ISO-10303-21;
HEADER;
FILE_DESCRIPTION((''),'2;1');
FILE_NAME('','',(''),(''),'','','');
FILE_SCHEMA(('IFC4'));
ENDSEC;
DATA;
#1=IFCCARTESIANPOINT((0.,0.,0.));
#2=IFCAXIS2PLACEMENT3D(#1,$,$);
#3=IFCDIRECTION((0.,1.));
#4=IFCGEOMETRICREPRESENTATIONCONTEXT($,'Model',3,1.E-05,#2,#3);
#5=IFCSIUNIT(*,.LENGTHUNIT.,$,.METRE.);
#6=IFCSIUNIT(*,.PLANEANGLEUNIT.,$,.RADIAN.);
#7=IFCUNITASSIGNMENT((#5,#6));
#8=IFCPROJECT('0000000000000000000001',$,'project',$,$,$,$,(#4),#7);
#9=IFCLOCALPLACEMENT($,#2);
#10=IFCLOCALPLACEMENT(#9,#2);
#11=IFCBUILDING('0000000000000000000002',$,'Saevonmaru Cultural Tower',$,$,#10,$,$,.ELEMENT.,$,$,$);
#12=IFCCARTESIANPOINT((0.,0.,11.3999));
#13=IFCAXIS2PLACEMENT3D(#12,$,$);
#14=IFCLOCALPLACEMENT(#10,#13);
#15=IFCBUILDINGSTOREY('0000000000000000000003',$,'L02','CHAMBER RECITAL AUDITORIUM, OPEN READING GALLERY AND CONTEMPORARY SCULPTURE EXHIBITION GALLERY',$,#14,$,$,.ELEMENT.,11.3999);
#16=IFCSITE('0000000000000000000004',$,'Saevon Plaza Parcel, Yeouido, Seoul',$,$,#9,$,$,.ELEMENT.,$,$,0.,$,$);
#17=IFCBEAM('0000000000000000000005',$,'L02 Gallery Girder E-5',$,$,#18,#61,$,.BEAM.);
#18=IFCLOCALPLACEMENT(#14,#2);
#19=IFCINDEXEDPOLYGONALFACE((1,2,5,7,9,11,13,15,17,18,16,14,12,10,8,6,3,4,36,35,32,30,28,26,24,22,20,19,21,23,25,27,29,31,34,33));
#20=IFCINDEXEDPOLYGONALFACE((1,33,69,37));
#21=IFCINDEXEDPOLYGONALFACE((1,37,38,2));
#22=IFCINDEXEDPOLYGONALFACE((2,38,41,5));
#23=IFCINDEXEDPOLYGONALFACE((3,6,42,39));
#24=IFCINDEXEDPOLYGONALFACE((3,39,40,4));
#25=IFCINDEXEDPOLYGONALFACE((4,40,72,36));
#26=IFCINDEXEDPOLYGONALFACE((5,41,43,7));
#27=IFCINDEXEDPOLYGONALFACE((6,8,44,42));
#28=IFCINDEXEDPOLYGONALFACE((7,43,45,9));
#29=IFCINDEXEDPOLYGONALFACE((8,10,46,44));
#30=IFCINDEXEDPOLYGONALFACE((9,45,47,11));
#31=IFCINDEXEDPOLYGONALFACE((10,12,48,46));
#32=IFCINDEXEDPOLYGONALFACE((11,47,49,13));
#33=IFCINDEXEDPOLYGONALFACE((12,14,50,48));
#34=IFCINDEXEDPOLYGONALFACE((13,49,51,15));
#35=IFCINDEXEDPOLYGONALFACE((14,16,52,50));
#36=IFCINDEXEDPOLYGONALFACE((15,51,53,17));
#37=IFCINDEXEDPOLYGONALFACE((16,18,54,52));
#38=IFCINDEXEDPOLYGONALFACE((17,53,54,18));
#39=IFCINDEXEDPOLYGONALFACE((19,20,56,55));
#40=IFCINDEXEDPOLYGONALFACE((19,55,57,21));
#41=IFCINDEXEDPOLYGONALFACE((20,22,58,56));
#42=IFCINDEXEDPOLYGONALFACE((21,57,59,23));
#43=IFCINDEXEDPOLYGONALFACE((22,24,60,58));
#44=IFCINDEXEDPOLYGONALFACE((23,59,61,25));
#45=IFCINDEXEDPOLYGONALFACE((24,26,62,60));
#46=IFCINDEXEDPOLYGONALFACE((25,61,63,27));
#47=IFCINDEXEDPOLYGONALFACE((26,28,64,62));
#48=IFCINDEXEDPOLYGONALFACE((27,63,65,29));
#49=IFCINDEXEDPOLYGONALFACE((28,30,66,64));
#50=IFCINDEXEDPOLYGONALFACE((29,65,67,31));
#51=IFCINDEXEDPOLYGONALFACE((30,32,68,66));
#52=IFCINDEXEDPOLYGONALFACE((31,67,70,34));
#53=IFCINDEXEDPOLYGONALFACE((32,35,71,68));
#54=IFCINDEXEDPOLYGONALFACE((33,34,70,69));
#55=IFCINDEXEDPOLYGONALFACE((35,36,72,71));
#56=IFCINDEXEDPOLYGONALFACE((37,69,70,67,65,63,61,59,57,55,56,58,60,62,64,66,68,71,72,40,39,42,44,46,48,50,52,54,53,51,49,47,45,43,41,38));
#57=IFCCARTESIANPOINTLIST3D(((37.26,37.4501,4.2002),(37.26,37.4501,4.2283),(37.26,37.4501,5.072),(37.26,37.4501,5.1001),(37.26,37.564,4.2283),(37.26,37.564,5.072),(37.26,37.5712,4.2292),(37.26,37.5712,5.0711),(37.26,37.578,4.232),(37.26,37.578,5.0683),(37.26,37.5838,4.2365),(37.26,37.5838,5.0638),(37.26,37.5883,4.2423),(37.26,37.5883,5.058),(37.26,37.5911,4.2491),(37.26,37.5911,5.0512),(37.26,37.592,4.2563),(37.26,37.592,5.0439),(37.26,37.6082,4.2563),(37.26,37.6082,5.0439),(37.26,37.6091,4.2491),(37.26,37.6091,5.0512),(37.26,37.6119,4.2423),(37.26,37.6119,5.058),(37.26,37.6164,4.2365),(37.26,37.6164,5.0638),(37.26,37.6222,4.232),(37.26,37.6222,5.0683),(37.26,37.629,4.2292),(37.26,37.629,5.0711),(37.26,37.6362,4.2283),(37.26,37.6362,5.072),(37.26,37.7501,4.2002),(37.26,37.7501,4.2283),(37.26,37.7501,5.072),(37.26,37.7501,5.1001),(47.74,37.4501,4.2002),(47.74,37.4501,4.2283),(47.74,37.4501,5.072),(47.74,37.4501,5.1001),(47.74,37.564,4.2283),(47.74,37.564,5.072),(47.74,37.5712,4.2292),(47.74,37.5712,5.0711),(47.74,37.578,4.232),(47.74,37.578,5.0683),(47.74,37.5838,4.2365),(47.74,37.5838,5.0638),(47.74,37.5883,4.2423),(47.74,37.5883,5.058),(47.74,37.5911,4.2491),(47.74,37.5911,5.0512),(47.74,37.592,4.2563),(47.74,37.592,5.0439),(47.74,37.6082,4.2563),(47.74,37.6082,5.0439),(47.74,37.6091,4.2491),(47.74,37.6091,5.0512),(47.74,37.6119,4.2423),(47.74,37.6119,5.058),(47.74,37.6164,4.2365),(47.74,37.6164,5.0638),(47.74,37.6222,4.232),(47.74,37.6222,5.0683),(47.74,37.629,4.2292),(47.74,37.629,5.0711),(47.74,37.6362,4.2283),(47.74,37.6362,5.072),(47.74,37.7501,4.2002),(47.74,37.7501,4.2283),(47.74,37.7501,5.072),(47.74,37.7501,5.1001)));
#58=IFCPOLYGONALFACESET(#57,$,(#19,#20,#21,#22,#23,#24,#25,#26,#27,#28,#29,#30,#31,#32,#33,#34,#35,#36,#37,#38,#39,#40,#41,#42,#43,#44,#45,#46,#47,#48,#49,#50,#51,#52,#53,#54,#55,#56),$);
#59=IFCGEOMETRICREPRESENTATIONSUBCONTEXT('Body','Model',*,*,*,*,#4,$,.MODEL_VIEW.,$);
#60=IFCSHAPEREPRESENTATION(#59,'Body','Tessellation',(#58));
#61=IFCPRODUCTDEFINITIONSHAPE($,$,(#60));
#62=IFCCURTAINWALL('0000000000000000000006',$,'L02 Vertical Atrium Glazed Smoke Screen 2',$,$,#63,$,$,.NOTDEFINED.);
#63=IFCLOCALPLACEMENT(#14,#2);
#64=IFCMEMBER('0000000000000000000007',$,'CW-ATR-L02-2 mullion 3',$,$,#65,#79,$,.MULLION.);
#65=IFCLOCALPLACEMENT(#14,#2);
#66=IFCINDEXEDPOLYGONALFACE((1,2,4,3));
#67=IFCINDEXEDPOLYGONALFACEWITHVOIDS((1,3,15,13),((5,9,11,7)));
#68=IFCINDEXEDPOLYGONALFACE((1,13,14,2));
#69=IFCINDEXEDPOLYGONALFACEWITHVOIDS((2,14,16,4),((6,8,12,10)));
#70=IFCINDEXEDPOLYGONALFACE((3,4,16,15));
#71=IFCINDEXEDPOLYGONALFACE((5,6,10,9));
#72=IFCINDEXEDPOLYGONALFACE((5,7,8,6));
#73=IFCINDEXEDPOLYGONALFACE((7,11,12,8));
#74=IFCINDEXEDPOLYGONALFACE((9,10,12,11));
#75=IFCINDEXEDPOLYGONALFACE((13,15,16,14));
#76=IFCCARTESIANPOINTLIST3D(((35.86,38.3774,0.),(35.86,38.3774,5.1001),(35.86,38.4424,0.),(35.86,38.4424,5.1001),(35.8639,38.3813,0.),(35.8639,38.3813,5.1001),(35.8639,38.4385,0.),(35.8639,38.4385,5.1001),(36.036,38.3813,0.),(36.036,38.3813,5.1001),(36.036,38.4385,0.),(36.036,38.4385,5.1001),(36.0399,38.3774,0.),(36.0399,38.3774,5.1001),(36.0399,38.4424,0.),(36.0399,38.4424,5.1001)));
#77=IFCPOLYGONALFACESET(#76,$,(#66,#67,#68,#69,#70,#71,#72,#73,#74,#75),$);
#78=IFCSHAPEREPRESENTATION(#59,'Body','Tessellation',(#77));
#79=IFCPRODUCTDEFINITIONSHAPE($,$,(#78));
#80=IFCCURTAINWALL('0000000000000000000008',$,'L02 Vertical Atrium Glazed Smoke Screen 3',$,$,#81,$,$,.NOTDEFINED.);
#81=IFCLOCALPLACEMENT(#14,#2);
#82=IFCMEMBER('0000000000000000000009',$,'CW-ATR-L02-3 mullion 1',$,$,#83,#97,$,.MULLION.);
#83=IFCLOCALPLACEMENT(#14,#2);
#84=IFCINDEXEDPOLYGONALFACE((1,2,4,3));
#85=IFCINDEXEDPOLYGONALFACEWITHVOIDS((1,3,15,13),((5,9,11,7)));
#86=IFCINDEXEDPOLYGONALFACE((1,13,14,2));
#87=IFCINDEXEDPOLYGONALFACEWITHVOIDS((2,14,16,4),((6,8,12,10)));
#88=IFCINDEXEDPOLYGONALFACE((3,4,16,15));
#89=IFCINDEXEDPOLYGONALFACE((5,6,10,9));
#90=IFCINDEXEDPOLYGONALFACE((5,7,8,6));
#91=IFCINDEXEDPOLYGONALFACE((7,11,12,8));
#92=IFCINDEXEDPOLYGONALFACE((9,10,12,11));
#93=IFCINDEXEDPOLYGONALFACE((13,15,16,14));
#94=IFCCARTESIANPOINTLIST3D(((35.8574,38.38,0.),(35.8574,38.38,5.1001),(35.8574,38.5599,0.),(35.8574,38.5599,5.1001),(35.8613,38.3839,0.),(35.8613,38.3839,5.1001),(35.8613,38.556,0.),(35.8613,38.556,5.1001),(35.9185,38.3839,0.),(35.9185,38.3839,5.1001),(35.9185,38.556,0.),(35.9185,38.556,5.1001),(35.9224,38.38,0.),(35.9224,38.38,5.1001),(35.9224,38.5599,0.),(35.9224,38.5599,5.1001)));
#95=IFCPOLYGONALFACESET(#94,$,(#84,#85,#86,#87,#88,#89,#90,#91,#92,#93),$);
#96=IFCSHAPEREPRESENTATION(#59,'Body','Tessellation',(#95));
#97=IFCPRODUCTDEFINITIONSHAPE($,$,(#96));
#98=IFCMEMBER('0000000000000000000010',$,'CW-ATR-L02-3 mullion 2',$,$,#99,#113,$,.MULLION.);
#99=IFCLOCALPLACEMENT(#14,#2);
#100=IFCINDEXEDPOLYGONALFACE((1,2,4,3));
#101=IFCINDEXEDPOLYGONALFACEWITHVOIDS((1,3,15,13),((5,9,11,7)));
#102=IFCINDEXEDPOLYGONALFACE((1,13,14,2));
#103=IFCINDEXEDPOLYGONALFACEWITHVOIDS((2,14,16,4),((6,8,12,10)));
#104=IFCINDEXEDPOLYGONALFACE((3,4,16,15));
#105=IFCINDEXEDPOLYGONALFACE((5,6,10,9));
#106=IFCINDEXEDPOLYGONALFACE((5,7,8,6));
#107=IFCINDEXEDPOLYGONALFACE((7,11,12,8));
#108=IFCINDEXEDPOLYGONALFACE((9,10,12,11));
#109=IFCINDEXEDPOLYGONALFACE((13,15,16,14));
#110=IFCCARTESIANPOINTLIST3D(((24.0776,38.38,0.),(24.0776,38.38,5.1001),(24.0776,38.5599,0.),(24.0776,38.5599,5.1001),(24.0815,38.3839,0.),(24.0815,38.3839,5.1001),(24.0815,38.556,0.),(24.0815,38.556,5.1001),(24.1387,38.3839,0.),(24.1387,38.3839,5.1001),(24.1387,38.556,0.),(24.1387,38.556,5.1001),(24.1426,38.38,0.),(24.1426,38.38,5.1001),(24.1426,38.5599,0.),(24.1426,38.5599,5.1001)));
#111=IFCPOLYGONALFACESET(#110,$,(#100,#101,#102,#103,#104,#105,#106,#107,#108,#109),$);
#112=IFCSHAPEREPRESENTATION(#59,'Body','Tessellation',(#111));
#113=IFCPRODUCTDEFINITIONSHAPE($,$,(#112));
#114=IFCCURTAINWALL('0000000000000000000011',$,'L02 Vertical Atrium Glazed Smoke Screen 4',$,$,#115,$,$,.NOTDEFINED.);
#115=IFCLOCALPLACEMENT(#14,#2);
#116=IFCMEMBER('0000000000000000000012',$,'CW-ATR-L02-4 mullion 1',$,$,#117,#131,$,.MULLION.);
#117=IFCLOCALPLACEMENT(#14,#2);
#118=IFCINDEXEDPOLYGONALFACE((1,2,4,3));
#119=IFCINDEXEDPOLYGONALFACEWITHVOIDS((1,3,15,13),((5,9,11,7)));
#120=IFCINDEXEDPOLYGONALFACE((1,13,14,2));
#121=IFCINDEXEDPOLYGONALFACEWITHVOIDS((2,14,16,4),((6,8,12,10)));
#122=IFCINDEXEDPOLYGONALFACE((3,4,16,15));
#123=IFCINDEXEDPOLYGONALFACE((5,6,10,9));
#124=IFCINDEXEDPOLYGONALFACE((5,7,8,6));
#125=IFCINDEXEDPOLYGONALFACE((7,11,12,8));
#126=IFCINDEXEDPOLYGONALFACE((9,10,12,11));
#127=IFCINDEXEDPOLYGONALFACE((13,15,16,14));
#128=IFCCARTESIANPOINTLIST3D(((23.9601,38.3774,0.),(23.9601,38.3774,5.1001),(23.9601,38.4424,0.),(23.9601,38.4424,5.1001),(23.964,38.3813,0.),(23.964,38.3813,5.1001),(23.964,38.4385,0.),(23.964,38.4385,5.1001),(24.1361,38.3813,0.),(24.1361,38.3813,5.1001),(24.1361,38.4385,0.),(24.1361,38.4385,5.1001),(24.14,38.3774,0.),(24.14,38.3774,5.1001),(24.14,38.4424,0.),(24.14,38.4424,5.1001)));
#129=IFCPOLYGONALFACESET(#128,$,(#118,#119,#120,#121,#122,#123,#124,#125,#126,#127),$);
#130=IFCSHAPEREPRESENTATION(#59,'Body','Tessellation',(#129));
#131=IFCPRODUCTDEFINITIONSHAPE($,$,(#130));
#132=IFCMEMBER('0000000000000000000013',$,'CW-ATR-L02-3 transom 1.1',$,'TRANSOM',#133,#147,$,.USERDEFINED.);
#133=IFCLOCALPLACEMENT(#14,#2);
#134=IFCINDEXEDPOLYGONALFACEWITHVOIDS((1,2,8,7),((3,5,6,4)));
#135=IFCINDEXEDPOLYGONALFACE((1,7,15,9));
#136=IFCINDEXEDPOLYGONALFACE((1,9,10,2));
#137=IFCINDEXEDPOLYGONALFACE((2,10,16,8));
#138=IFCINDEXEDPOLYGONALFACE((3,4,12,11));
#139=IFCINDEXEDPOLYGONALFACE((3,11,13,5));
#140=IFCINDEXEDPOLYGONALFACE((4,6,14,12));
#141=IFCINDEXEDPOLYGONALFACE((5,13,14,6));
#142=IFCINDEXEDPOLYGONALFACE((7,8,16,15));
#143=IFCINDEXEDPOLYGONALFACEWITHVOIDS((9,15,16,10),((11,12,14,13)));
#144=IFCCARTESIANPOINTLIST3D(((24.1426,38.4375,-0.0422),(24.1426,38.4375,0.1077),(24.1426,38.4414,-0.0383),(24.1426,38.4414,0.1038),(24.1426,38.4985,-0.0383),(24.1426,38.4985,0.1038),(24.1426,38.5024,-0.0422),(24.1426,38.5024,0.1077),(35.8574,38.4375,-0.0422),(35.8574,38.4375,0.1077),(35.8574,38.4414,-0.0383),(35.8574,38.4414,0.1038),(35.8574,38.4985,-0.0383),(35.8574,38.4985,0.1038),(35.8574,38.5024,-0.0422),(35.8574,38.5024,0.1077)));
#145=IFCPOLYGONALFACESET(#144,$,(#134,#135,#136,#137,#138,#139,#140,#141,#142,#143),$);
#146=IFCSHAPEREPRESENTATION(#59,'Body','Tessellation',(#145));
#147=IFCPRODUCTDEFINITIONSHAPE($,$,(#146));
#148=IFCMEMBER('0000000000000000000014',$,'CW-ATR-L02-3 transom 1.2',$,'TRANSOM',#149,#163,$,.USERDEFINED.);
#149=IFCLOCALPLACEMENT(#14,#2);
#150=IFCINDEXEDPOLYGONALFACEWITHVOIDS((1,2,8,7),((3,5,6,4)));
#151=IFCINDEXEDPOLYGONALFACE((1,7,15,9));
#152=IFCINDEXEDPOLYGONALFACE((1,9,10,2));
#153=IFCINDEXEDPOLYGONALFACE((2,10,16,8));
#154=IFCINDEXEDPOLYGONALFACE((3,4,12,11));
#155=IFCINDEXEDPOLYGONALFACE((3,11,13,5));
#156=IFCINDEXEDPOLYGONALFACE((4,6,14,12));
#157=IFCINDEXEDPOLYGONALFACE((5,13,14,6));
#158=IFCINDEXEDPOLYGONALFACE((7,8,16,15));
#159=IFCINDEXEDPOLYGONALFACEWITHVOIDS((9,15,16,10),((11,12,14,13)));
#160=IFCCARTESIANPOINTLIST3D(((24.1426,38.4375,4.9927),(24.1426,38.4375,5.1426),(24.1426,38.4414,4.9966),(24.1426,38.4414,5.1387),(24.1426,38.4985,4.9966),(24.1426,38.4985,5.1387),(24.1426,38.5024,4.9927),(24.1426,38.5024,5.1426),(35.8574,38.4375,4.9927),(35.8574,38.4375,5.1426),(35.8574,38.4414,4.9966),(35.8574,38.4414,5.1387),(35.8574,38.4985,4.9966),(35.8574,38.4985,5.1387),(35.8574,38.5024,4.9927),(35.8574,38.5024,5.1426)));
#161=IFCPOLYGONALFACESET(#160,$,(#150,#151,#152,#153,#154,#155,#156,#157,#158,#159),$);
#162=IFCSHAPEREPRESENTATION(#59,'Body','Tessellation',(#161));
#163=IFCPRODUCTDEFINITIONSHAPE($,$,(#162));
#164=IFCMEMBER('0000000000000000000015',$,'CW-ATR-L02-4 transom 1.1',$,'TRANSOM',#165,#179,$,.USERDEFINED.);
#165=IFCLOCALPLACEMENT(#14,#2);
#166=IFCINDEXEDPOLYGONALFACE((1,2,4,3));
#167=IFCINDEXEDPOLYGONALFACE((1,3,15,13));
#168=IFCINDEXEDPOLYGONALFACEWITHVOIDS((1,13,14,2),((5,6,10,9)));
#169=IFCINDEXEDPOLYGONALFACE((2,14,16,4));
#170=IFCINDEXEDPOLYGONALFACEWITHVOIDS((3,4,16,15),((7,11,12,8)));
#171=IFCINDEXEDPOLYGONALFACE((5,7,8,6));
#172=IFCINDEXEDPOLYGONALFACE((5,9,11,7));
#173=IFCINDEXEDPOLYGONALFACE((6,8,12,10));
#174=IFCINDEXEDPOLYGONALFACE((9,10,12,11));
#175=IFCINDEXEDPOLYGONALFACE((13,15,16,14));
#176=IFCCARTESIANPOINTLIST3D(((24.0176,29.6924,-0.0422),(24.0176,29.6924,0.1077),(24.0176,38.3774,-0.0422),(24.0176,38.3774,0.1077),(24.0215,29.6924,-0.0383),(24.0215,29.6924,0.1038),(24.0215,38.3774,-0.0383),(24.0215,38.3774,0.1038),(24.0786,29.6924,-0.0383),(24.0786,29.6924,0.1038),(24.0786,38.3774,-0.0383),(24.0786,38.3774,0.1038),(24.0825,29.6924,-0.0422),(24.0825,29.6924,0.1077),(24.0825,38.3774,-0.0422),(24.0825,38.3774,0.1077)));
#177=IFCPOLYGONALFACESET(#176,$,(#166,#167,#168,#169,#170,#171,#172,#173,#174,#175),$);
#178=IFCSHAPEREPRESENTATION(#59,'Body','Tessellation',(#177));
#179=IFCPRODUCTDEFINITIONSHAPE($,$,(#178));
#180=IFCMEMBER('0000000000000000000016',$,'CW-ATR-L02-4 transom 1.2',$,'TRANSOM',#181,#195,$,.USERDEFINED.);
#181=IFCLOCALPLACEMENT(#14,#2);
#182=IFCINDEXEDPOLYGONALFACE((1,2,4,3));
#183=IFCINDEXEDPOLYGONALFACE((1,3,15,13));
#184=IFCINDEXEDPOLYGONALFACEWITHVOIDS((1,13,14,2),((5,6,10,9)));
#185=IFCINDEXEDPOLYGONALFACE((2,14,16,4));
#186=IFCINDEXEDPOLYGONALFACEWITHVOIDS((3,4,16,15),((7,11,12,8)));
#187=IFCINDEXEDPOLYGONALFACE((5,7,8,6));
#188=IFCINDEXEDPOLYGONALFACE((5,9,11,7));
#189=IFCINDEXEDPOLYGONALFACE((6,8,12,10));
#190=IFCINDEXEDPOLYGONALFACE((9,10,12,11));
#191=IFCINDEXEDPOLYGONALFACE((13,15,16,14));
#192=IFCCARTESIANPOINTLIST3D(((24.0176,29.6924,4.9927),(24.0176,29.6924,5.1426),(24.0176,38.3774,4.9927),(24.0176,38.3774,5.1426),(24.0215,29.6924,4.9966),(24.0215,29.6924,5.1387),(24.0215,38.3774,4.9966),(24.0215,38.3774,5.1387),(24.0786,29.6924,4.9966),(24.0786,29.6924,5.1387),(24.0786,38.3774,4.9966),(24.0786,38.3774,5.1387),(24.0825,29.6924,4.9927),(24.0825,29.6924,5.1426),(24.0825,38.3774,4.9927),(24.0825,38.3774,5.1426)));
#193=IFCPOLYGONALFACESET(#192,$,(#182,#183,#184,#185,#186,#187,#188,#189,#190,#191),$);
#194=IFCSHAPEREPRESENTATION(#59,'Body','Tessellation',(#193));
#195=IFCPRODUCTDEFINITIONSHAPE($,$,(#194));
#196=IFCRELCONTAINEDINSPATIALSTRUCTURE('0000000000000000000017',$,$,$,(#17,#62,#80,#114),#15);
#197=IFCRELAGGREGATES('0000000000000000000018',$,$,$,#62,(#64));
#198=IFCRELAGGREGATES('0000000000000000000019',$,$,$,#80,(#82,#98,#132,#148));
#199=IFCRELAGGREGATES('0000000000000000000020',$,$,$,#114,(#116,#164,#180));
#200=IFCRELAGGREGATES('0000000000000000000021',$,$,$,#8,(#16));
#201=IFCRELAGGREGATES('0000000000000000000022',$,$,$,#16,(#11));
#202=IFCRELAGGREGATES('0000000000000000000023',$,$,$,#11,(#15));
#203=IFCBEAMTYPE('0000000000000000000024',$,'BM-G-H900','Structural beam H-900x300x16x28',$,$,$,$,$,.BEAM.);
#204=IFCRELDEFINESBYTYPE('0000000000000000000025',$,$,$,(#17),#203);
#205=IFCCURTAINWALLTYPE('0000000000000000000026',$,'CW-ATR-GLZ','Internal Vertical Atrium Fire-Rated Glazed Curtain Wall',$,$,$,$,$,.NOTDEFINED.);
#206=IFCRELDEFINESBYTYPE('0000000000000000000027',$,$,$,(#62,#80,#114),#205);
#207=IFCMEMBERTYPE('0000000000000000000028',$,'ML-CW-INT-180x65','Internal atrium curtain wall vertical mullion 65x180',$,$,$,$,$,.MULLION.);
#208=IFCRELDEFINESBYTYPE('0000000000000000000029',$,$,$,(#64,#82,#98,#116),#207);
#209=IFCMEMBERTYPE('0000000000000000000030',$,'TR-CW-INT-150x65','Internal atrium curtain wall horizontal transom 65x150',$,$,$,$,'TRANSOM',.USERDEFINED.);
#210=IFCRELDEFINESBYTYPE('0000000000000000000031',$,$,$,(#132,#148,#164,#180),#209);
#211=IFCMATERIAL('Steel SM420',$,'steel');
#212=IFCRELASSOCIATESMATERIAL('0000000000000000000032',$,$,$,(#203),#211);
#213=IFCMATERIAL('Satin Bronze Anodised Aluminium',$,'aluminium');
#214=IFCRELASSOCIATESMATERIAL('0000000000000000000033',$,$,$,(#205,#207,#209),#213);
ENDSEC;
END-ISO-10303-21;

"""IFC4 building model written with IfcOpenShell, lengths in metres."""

from ifc_helpers import new_model, si_unit, direction, frame, origin, origin_2d, place, context, subcontext, project, spatial, hollow_rectangle, i_section, extrude, material, material_profile, profile_set, type_object, element, aggregate, save


model = new_model("IFC4")

# Units and contexts
model_context = context("Model", 3, precision=1e-05, world=origin(), true_north=direction((0.0, 1.0)))
body_context = subcontext(model_context, "Body", "Model", "MODEL_VIEW")
ifc_project = project(units=[si_unit("LENGTHUNIT", "METRE"), si_unit("PLANEANGLEUNIT", "RADIAN")], contexts=[model_context])

# Site, building, storey
site_placement = place(None, origin())
site = spatial("IfcSite", under=ifc_project, at=site_placement, Name="Saevon Plaza Parcel, Yeouido, Seoul", CompositionType="ELEMENT", RefElevation=0.0)
building_placement = place(site_placement, origin())
building = spatial("IfcBuilding", under=site, at=building_placement, Name="Saevonmaru Cultural Tower", CompositionType="ELEMENT")
storey_placement = place(building_placement, frame((0.0, 0.0, 11.3999)))
storey = spatial("IfcBuildingStorey", under=building, at=storey_placement, Name="L02", Description="CHAMBER RECITAL AUDITORIUM, OPEN READING GALLERY AND CONTEMPORARY SCULPTURE EXHIBITION GALLERY", CompositionType="ELEMENT", Elevation=11.3999)

# Shared definitions
ifc_material_1 = material(Name="Steel SM420", Category="steel")

# Beam
ifc_material_profile_1 = material_profile(ifc_material_1, i_section(OverallWidth=0.3, OverallDepth=0.8999, WebThickness=0.0161, FlangeThickness=0.0281, FilletRadius=0.0281, at=origin_2d()), Name="H-900x300x16x28")
ifc_profile_set_1 = profile_set([ifc_material_profile_1], Name="Steel SM420")
beam_type_1 = type_object("IfcBeamType", Name="BM-G-H900", Description="Structural beam H-900x300x16x28", PredefinedType="BEAM", material=ifc_profile_set_1)
for number, where, z_axis, x_axis, name in (
    (1, (37.26, 37.6001, 4.6501), (1.0, 0.0, 0.0), (0.0, 1.0, 0.0), "L02 Gallery Girder E-5"),
):
    element("IfcBeam", number, at=place(storey_placement, frame(where, z_axis=z_axis, x_axis=x_axis)), inside=storey, type_object=beam_type_1, Name=name, PredefinedType="BEAM", context=body_context, shape_type="SweptSolid", body=[
        extrude(i_section(OverallWidth=0.3, OverallDepth=0.8999, WebThickness=0.0161, FlangeThickness=0.0281, FilletRadius=0.0281, at=origin_2d()), origin(), (0.0, 0.0, 1.0), 10.48),
    ])

# Curtain wall, member
ifc_material_2 = material(Name="Satin Bronze Anodised Aluminium", Category="aluminium")
curtain_wall_type = type_object("IfcCurtainWallType", Name="CW-ATR-GLZ", Description="Internal Vertical Atrium Fire-Rated Glazed Curtain Wall", PredefinedType="NOTDEFINED", material=ifc_material_2)
curtain_wall_1_placement = place(storey_placement, origin())
curtain_wall_1 = element("IfcCurtainWall", 2, at=curtain_wall_1_placement, inside=storey, type_object=curtain_wall_type, Name="L02 Vertical Atrium Glazed Smoke Screen 2", PredefinedType="NOTDEFINED")
ifc_material_profile_2 = material_profile(ifc_material_2, hollow_rectangle(XDim=0.0649, YDim=0.1799, WallThickness=0.0039, at=origin_2d()), Name="ALU-MULL-180x65x4")
ifc_profile_set_2 = profile_set([ifc_material_profile_2], Name="Satin Bronze Anodised Aluminium")
member_type_1 = type_object("IfcMemberType", Name="ML-CW-INT-180x65", Description="Internal atrium curtain wall vertical mullion 65x180", PredefinedType="MULLION", material=ifc_profile_set_2)
member_1_placement = place(storey_placement, frame((35.95, 38.4099, 0.0), z_axis=(0.0, 0.0, 1.0), x_axis=(0.0, 1.0, 0.0)))
member_1 = element("IfcMember", 3, at=member_1_placement, type_object=member_type_1, Name="CW-ATR-L02-2 mullion 3", PredefinedType="MULLION", context=body_context, shape_type="SweptSolid", body=[
    extrude(hollow_rectangle(XDim=0.0649, YDim=0.1799, WallThickness=0.0039, at=origin_2d()), origin(), (0.0, 0.0, 1.0), 5.1001),
])

# Curtain wall, members
curtain_wall_2_placement = place(storey_placement, origin())
curtain_wall_2 = element("IfcCurtainWall", 4, at=curtain_wall_2_placement, inside=storey, type_object=curtain_wall_type, Name="L02 Vertical Atrium Glazed Smoke Screen 3", PredefinedType="NOTDEFINED")
member_2_placement = place(storey_placement, frame((35.8899, 38.47, 0.0), z_axis=(0.0, 0.0, 1.0), x_axis=(-1.0, 0.0, 0.0)))
member_2 = element("IfcMember", 5, at=member_2_placement, type_object=member_type_1, Name="CW-ATR-L02-3 mullion 1", PredefinedType="MULLION", context=body_context, shape_type="SweptSolid", body=[
    extrude(hollow_rectangle(XDim=0.0649, YDim=0.1799, WallThickness=0.0039, at=origin_2d()), origin(), (0.0, 0.0, 1.0), 5.1001),
])
member_3_placement = place(storey_placement, frame((24.1101, 38.47, 0.0), z_axis=(0.0, 0.0, 1.0), x_axis=(-1.0, 0.0, 0.0)))
member_3 = element("IfcMember", 6, at=member_3_placement, type_object=member_type_1, Name="CW-ATR-L02-3 mullion 2", PredefinedType="MULLION", context=body_context, shape_type="SweptSolid", body=[
    extrude(hollow_rectangle(XDim=0.0649, YDim=0.1799, WallThickness=0.0039, at=origin_2d()), origin(), (0.0, 0.0, 1.0), 5.1001),
])

# Curtain wall, member
curtain_wall_3_placement = place(storey_placement, origin())
curtain_wall_3 = element("IfcCurtainWall", 7, at=curtain_wall_3_placement, inside=storey, type_object=curtain_wall_type, Name="L02 Vertical Atrium Glazed Smoke Screen 4", PredefinedType="NOTDEFINED")
member_4_placement = place(storey_placement, frame((24.05, 38.4099, 0.0), z_axis=(0.0, 0.0, 1.0), x_axis=(0.0, -1.0, 0.0)))
member_4 = element("IfcMember", 8, at=member_4_placement, type_object=member_type_1, Name="CW-ATR-L02-4 mullion 1", PredefinedType="MULLION", context=body_context, shape_type="SweptSolid", body=[
    extrude(hollow_rectangle(XDim=0.0649, YDim=0.1799, WallThickness=0.0039, at=origin_2d()), origin(), (0.0, 0.0, 1.0), 5.1001),
])

# Members
ifc_material_profile_3 = material_profile(ifc_material_2, hollow_rectangle(XDim=0.0649, YDim=0.1499, WallThickness=0.0039, at=origin_2d()), Name="ALU-TRAN-150x65x4")
ifc_profile_set_3 = profile_set([ifc_material_profile_3], Name="Satin Bronze Anodised Aluminium")
member_type_2 = type_object("IfcMemberType", Name="TR-CW-INT-150x65", Description="Internal atrium curtain wall horizontal transom 65x150", ElementType="TRANSOM", PredefinedType="USERDEFINED", material=ifc_profile_set_3)
member_5_placement = place(storey_placement, frame((35.8574, 38.47, 0.0327), z_axis=(-1.0, 0.0, 0.0), x_axis=(0.0, -1.0, 0.0)))
member_5 = element("IfcMember", 9, at=member_5_placement, type_object=member_type_2, Name="CW-ATR-L02-3 transom 1.1", ObjectType="TRANSOM", PredefinedType="USERDEFINED", context=body_context, shape_type="SweptSolid", body=[
    extrude(hollow_rectangle(XDim=0.0649, YDim=0.1499, WallThickness=0.0039, at=origin_2d()), origin(), (0.0, 0.0, 1.0), 11.7148),
])
member_6_placement = place(storey_placement, frame((35.8574, 38.47, 5.0676), z_axis=(-1.0, 0.0, 0.0), x_axis=(0.0, -1.0, 0.0)))
member_6 = element("IfcMember", 10, at=member_6_placement, type_object=member_type_2, Name="CW-ATR-L02-3 transom 1.2", ObjectType="TRANSOM", PredefinedType="USERDEFINED", context=body_context, shape_type="SweptSolid", body=[
    extrude(hollow_rectangle(XDim=0.0649, YDim=0.1499, WallThickness=0.0039, at=origin_2d()), origin(), (0.0, 0.0, 1.0), 11.7148),
])
member_7_placement = place(storey_placement, frame((24.05, 38.3774, 0.0327), z_axis=(0.0, -1.0, 0.0), x_axis=(1.0, 0.0, 0.0)))
member_7 = element("IfcMember", 11, at=member_7_placement, type_object=member_type_2, Name="CW-ATR-L02-4 transom 1.1", ObjectType="TRANSOM", PredefinedType="USERDEFINED", context=body_context, shape_type="SweptSolid", body=[
    extrude(hollow_rectangle(XDim=0.0649, YDim=0.1499, WallThickness=0.0039, at=origin_2d()), origin(), (0.0, 0.0, 1.0), 8.6851),
])
member_8_placement = place(storey_placement, frame((24.05, 38.3774, 5.0676), z_axis=(0.0, -1.0, 0.0), x_axis=(1.0, 0.0, 0.0)))
member_8 = element("IfcMember", 12, at=member_8_placement, type_object=member_type_2, Name="CW-ATR-L02-4 transom 1.2", ObjectType="TRANSOM", PredefinedType="USERDEFINED", context=body_context, shape_type="SweptSolid", body=[
    extrude(hollow_rectangle(XDim=0.0649, YDim=0.1499, WallThickness=0.0039, at=origin_2d()), origin(), (0.0, 0.0, 1.0), 8.6851),
])

aggregate(curtain_wall_1, [member_1])
aggregate(curtain_wall_2, [member_2, member_3, member_5, member_6])
aggregate(curtain_wall_3, [member_4, member_7, member_8])

save(model, "model.ifc")
